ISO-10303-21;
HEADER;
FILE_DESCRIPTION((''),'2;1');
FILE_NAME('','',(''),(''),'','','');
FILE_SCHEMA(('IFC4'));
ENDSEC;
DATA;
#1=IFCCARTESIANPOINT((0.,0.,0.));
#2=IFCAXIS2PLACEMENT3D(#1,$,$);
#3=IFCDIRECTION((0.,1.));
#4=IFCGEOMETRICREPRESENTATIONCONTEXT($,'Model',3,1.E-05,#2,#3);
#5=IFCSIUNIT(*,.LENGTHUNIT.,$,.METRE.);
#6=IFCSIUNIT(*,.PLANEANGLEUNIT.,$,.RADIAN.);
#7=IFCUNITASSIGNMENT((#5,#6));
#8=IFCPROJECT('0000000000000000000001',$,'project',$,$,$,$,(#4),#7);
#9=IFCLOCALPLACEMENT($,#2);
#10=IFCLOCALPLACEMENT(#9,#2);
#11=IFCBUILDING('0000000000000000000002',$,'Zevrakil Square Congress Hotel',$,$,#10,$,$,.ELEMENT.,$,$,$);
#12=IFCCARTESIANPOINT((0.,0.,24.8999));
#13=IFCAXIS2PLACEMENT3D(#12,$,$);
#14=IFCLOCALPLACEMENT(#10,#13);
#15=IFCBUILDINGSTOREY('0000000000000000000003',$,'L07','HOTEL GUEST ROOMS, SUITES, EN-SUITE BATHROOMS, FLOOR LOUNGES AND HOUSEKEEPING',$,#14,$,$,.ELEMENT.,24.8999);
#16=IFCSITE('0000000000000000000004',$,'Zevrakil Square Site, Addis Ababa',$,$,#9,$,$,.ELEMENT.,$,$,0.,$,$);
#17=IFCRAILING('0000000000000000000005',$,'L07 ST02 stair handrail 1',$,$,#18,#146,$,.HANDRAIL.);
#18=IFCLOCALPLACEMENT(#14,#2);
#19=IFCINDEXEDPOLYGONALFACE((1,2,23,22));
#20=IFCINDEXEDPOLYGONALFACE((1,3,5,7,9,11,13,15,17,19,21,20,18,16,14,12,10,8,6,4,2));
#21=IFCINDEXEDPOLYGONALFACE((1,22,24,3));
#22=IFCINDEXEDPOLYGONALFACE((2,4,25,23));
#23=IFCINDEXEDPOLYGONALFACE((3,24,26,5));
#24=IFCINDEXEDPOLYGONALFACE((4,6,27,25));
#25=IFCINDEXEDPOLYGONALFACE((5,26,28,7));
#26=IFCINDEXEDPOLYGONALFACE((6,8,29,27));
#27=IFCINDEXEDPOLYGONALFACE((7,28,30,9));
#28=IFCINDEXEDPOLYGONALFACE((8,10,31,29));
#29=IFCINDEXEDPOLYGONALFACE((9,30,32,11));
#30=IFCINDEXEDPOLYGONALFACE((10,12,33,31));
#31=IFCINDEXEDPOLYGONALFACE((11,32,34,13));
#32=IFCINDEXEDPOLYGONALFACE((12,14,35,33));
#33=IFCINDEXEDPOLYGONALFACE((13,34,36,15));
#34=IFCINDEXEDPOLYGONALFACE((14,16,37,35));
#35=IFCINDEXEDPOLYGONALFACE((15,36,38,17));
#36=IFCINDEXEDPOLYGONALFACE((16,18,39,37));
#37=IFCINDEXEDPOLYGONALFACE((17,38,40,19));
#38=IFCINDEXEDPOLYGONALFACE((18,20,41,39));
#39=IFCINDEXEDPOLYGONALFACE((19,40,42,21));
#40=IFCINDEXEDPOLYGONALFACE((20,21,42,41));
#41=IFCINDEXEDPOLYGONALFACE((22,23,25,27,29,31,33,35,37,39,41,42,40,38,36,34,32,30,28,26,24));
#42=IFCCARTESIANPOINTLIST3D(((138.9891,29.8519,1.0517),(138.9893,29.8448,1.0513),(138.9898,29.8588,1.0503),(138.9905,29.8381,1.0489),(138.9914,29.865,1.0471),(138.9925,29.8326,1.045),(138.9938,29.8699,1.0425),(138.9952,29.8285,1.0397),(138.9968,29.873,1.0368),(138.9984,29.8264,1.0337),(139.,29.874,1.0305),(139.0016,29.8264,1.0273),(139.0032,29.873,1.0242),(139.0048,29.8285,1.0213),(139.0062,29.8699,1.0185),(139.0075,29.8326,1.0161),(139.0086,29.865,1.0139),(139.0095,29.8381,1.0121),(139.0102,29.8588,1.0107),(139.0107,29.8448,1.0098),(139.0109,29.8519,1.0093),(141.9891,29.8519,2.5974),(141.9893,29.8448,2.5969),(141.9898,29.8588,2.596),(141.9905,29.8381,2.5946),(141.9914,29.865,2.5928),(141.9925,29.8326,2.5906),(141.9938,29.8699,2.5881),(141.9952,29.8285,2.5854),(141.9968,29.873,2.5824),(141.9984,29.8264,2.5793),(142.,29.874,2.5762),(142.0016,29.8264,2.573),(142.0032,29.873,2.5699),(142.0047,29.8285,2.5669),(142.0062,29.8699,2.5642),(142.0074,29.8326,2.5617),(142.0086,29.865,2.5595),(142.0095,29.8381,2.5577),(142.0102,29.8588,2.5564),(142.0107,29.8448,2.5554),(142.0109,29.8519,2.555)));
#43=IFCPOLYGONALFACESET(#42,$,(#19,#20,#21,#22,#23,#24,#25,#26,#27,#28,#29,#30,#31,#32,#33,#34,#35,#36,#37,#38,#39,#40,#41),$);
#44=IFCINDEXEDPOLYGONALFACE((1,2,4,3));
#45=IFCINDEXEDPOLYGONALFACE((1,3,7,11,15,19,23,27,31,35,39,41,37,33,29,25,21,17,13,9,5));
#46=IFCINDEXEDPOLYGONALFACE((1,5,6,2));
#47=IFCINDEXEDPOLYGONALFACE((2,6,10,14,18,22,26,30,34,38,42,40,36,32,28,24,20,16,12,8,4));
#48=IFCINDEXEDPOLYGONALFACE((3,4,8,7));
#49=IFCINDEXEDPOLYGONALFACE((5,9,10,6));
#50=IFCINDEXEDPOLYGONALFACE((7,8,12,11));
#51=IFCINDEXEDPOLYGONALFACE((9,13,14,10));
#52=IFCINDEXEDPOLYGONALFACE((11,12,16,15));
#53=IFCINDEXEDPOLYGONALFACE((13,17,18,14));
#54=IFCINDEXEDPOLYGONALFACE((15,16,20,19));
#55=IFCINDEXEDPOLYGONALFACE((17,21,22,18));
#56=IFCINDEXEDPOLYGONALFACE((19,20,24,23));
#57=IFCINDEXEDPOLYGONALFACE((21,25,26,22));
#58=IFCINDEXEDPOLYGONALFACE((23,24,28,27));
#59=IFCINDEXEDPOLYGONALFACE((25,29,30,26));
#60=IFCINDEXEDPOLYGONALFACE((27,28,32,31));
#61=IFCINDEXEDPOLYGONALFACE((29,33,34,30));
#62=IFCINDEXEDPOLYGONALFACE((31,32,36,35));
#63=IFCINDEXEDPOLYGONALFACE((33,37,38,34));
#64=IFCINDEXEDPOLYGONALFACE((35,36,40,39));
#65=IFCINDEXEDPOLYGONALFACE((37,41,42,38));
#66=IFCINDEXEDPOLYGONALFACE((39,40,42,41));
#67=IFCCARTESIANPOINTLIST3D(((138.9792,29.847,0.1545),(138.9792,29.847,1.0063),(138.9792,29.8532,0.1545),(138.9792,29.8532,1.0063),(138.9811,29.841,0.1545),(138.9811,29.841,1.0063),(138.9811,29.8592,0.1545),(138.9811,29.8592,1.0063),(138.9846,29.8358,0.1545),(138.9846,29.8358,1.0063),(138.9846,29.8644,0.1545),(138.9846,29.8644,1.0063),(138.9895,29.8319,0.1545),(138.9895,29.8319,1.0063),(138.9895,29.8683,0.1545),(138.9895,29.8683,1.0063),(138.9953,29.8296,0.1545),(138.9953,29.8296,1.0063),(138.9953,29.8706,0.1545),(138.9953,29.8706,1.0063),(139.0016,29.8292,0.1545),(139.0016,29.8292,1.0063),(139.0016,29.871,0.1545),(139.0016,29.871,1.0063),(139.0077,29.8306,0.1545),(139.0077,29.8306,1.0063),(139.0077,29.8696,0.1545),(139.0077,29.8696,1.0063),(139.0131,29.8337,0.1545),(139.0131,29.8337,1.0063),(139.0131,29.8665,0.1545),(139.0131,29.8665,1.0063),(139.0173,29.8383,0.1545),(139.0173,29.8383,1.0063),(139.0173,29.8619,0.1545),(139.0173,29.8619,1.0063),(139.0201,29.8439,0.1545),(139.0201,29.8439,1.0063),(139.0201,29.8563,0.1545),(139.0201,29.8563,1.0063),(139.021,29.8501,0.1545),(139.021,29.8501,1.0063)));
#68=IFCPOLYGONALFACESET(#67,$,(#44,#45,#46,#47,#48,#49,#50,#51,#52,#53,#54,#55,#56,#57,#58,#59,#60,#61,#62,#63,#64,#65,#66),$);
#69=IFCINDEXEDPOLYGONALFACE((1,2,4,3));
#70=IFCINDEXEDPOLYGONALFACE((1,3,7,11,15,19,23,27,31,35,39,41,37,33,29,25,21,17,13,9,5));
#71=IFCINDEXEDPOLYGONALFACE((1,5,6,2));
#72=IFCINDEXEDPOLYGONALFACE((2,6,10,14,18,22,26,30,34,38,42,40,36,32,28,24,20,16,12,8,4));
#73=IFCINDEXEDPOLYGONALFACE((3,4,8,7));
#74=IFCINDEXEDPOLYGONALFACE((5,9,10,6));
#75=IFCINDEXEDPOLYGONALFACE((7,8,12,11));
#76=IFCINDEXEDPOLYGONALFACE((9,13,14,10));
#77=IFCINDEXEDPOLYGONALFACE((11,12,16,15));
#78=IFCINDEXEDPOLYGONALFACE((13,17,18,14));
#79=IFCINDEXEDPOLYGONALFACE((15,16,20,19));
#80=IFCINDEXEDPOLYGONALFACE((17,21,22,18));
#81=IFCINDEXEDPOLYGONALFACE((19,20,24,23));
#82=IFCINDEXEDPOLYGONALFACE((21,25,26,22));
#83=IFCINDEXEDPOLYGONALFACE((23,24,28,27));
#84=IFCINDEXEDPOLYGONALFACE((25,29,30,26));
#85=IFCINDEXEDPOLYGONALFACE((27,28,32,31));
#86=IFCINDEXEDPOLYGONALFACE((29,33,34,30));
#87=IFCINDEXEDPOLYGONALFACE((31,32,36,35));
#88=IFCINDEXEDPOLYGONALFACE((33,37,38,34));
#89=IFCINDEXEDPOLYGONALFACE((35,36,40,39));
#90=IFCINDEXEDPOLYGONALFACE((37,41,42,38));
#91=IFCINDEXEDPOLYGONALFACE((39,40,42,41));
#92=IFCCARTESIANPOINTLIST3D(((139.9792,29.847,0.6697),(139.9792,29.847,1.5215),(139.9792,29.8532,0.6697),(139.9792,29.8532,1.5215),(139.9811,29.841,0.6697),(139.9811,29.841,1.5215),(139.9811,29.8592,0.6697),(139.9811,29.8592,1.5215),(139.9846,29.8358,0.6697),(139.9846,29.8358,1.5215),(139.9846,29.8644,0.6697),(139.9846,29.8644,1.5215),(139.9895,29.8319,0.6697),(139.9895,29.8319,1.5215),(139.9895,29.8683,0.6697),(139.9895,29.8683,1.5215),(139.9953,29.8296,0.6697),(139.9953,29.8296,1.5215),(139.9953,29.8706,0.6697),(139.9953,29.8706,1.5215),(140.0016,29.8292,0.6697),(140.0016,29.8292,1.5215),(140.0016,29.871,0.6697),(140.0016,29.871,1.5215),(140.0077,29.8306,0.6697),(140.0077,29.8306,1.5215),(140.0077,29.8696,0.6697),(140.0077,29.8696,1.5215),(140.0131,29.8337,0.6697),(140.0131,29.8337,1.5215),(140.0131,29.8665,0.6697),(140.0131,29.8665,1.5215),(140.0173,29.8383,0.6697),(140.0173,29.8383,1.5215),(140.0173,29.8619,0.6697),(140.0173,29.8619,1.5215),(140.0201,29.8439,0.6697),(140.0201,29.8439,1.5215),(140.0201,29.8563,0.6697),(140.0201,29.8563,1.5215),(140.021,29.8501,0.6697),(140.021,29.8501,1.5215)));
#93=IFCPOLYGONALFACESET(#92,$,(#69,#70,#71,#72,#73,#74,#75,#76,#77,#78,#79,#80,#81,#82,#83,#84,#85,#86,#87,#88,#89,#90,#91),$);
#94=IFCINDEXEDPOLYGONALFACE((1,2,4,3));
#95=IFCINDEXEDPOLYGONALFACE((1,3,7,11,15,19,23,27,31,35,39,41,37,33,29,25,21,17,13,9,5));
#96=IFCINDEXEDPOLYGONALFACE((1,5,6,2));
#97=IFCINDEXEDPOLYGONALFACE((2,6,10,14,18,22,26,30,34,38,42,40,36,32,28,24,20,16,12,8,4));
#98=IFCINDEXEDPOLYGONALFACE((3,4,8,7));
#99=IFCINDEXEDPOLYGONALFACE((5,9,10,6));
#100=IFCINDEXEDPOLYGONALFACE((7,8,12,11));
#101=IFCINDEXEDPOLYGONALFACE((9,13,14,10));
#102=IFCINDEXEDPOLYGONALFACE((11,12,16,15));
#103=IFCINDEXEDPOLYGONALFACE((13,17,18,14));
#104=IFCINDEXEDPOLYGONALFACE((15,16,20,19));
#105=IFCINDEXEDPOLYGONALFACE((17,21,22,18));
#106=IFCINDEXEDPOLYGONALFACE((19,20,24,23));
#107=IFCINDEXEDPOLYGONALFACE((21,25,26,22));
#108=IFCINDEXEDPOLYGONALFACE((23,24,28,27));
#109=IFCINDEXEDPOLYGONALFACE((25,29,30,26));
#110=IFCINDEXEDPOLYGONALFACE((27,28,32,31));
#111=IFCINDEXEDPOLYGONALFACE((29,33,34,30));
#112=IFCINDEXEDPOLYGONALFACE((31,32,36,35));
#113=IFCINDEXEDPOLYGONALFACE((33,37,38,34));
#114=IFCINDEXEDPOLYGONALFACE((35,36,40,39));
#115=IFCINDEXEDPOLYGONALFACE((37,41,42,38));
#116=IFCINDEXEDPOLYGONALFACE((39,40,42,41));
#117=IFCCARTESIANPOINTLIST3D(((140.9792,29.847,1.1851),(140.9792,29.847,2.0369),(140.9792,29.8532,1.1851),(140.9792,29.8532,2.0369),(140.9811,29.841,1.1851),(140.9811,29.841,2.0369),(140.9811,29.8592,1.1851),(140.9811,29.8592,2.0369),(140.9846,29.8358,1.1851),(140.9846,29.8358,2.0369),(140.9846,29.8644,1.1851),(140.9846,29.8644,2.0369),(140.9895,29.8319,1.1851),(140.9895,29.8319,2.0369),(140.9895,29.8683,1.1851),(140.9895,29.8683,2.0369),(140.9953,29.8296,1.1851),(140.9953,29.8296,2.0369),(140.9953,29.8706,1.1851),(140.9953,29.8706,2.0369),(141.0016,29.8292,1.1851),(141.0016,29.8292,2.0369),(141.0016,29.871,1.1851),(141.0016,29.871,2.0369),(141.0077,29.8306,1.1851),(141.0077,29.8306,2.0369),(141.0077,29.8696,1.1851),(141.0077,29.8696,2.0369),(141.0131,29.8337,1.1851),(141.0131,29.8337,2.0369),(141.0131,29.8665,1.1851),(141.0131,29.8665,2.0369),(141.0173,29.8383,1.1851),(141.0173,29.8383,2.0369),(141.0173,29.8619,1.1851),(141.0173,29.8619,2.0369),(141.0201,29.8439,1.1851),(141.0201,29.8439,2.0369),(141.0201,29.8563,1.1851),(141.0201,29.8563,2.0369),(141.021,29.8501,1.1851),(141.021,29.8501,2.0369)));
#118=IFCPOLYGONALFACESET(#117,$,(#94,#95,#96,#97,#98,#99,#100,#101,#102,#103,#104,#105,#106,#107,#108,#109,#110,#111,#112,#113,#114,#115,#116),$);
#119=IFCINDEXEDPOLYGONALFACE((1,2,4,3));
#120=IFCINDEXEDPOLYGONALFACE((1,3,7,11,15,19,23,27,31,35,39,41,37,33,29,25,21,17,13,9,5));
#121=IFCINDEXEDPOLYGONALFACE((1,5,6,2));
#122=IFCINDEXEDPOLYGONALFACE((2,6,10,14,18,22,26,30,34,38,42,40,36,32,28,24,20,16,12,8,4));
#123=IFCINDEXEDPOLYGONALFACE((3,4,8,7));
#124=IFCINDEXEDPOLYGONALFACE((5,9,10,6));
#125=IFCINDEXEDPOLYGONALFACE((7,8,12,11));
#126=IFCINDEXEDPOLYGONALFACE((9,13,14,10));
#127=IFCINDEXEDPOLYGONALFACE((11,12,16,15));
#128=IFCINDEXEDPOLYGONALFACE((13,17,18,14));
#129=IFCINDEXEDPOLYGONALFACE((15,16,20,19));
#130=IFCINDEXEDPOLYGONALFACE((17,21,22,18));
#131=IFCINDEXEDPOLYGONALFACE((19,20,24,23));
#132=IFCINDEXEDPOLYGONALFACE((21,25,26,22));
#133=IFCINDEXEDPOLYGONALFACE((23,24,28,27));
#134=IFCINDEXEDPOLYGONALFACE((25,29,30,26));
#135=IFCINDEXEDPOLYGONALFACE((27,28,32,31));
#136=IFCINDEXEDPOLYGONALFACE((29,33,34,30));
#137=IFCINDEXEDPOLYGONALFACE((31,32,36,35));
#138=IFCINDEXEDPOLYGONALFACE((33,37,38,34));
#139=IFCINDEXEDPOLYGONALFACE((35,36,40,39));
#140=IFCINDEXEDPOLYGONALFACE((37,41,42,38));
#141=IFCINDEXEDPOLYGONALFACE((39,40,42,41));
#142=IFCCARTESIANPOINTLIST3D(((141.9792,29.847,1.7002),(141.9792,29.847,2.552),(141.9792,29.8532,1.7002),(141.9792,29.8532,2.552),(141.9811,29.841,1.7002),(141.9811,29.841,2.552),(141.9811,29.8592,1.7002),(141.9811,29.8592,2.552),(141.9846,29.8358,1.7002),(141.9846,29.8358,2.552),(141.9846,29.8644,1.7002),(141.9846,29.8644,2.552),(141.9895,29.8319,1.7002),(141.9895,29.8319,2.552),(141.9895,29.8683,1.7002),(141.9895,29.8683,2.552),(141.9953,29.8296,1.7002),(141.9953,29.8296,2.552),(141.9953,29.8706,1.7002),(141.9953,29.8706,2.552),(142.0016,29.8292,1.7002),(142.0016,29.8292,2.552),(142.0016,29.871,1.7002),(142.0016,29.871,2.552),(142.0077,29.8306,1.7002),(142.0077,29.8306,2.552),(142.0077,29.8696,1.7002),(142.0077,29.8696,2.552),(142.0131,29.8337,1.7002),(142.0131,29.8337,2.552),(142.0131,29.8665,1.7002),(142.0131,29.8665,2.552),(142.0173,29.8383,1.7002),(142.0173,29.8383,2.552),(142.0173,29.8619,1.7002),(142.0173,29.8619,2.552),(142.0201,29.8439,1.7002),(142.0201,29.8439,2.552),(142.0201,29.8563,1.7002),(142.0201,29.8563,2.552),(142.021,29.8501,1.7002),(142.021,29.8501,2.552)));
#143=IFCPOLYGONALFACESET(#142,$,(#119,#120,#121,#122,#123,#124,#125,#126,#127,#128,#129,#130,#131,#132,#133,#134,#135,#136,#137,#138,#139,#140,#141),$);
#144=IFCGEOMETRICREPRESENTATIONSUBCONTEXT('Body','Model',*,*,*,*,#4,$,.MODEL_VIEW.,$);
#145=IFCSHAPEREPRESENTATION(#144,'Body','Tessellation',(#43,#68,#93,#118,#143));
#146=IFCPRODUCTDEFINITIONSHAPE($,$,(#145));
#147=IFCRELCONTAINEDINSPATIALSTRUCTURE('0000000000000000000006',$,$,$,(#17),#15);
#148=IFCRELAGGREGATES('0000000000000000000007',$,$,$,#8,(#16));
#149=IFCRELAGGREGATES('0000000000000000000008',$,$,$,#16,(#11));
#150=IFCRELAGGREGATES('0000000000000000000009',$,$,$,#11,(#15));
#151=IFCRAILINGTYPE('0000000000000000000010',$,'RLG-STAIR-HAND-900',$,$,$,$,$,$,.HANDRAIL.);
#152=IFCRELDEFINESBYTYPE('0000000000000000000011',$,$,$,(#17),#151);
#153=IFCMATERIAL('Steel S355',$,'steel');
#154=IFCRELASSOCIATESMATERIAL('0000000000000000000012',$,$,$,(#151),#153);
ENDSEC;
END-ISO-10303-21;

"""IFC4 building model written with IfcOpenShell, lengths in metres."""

from ifc_helpers import new_model, si_unit, direction, frame, origin, origin_2d, place, context, subcontext, project, spatial, circle, extrude, material, type_object, element, save


model = new_model("IFC4")

# Units and contexts
model_context = context("Model", 3, precision=1e-05, world=origin(), true_north=direction((0.0, 1.0)))
body_context = subcontext(model_context, "Body", "Model", "MODEL_VIEW")
ifc_project = project(units=[si_unit("LENGTHUNIT", "METRE"), si_unit("PLANEANGLEUNIT", "RADIAN")], contexts=[model_context])

# Site, building, storey
site_placement = place(None, origin())
site = spatial("IfcSite", under=ifc_project, at=site_placement, Name="Zevrakil Square Site, Addis Ababa", CompositionType="ELEMENT", RefElevation=0.0)
building_placement = place(site_placement, origin())
building = spatial("IfcBuilding", under=site, at=building_placement, Name="Zevrakil Square Congress Hotel", CompositionType="ELEMENT")
storey_placement = place(building_placement, frame((0.0, 0.0, 24.8999)))
storey = spatial("IfcBuildingStorey", under=building, at=storey_placement, Name="L07", Description="HOTEL GUEST ROOMS, SUITES, EN-SUITE BATHROOMS, FLOOR LOUNGES AND HOUSEKEEPING", CompositionType="ELEMENT", Elevation=24.8999)

# Railing
ifc_material_1 = material(Name="Steel S355", Category="steel")
railing_type_1 = type_object("IfcRailingType", Name="RLG-STAIR-HAND-900", PredefinedType="HANDRAIL", material=ifc_material_1)
railing_1_placement = place(storey_placement, frame((139.0, 29.8501, 0.1545)))
element("IfcRailing", 1, at=railing_1_placement, inside=storey, type_object=railing_type_1, Name="L07 ST02 stair handrail 1", PredefinedType="HANDRAIL", context=body_context, shape_type="SweptSolid", body=[
    extrude(circle(Radius=0.0239, at=origin_2d()), frame((0.0, 0.0, 0.876), z_axis=(0.88895, 0.0, 0.458003), x_axis=(0.0, 1.0, 0.0)), (0.0, 0.0, 1.0), 3.3748),
    extrude(circle(Radius=0.021, at=origin_2d()), origin(), (0.0, 0.0, 1.0), 0.8518),
    extrude(circle(Radius=0.021, at=origin_2d()), frame((1.0, 0.0, 0.5151)), (0.0, 0.0, 1.0), 0.8518),
    extrude(circle(Radius=0.021, at=origin_2d()), frame((2.0, 0.0, 1.0305)), (0.0, 0.0, 1.0), 0.8518),
    extrude(circle(Radius=0.021, at=origin_2d()), frame((3.0, 0.0, 1.5457)), (0.0, 0.0, 1.0), 0.8518),
])

save(model, "model.ifc")
